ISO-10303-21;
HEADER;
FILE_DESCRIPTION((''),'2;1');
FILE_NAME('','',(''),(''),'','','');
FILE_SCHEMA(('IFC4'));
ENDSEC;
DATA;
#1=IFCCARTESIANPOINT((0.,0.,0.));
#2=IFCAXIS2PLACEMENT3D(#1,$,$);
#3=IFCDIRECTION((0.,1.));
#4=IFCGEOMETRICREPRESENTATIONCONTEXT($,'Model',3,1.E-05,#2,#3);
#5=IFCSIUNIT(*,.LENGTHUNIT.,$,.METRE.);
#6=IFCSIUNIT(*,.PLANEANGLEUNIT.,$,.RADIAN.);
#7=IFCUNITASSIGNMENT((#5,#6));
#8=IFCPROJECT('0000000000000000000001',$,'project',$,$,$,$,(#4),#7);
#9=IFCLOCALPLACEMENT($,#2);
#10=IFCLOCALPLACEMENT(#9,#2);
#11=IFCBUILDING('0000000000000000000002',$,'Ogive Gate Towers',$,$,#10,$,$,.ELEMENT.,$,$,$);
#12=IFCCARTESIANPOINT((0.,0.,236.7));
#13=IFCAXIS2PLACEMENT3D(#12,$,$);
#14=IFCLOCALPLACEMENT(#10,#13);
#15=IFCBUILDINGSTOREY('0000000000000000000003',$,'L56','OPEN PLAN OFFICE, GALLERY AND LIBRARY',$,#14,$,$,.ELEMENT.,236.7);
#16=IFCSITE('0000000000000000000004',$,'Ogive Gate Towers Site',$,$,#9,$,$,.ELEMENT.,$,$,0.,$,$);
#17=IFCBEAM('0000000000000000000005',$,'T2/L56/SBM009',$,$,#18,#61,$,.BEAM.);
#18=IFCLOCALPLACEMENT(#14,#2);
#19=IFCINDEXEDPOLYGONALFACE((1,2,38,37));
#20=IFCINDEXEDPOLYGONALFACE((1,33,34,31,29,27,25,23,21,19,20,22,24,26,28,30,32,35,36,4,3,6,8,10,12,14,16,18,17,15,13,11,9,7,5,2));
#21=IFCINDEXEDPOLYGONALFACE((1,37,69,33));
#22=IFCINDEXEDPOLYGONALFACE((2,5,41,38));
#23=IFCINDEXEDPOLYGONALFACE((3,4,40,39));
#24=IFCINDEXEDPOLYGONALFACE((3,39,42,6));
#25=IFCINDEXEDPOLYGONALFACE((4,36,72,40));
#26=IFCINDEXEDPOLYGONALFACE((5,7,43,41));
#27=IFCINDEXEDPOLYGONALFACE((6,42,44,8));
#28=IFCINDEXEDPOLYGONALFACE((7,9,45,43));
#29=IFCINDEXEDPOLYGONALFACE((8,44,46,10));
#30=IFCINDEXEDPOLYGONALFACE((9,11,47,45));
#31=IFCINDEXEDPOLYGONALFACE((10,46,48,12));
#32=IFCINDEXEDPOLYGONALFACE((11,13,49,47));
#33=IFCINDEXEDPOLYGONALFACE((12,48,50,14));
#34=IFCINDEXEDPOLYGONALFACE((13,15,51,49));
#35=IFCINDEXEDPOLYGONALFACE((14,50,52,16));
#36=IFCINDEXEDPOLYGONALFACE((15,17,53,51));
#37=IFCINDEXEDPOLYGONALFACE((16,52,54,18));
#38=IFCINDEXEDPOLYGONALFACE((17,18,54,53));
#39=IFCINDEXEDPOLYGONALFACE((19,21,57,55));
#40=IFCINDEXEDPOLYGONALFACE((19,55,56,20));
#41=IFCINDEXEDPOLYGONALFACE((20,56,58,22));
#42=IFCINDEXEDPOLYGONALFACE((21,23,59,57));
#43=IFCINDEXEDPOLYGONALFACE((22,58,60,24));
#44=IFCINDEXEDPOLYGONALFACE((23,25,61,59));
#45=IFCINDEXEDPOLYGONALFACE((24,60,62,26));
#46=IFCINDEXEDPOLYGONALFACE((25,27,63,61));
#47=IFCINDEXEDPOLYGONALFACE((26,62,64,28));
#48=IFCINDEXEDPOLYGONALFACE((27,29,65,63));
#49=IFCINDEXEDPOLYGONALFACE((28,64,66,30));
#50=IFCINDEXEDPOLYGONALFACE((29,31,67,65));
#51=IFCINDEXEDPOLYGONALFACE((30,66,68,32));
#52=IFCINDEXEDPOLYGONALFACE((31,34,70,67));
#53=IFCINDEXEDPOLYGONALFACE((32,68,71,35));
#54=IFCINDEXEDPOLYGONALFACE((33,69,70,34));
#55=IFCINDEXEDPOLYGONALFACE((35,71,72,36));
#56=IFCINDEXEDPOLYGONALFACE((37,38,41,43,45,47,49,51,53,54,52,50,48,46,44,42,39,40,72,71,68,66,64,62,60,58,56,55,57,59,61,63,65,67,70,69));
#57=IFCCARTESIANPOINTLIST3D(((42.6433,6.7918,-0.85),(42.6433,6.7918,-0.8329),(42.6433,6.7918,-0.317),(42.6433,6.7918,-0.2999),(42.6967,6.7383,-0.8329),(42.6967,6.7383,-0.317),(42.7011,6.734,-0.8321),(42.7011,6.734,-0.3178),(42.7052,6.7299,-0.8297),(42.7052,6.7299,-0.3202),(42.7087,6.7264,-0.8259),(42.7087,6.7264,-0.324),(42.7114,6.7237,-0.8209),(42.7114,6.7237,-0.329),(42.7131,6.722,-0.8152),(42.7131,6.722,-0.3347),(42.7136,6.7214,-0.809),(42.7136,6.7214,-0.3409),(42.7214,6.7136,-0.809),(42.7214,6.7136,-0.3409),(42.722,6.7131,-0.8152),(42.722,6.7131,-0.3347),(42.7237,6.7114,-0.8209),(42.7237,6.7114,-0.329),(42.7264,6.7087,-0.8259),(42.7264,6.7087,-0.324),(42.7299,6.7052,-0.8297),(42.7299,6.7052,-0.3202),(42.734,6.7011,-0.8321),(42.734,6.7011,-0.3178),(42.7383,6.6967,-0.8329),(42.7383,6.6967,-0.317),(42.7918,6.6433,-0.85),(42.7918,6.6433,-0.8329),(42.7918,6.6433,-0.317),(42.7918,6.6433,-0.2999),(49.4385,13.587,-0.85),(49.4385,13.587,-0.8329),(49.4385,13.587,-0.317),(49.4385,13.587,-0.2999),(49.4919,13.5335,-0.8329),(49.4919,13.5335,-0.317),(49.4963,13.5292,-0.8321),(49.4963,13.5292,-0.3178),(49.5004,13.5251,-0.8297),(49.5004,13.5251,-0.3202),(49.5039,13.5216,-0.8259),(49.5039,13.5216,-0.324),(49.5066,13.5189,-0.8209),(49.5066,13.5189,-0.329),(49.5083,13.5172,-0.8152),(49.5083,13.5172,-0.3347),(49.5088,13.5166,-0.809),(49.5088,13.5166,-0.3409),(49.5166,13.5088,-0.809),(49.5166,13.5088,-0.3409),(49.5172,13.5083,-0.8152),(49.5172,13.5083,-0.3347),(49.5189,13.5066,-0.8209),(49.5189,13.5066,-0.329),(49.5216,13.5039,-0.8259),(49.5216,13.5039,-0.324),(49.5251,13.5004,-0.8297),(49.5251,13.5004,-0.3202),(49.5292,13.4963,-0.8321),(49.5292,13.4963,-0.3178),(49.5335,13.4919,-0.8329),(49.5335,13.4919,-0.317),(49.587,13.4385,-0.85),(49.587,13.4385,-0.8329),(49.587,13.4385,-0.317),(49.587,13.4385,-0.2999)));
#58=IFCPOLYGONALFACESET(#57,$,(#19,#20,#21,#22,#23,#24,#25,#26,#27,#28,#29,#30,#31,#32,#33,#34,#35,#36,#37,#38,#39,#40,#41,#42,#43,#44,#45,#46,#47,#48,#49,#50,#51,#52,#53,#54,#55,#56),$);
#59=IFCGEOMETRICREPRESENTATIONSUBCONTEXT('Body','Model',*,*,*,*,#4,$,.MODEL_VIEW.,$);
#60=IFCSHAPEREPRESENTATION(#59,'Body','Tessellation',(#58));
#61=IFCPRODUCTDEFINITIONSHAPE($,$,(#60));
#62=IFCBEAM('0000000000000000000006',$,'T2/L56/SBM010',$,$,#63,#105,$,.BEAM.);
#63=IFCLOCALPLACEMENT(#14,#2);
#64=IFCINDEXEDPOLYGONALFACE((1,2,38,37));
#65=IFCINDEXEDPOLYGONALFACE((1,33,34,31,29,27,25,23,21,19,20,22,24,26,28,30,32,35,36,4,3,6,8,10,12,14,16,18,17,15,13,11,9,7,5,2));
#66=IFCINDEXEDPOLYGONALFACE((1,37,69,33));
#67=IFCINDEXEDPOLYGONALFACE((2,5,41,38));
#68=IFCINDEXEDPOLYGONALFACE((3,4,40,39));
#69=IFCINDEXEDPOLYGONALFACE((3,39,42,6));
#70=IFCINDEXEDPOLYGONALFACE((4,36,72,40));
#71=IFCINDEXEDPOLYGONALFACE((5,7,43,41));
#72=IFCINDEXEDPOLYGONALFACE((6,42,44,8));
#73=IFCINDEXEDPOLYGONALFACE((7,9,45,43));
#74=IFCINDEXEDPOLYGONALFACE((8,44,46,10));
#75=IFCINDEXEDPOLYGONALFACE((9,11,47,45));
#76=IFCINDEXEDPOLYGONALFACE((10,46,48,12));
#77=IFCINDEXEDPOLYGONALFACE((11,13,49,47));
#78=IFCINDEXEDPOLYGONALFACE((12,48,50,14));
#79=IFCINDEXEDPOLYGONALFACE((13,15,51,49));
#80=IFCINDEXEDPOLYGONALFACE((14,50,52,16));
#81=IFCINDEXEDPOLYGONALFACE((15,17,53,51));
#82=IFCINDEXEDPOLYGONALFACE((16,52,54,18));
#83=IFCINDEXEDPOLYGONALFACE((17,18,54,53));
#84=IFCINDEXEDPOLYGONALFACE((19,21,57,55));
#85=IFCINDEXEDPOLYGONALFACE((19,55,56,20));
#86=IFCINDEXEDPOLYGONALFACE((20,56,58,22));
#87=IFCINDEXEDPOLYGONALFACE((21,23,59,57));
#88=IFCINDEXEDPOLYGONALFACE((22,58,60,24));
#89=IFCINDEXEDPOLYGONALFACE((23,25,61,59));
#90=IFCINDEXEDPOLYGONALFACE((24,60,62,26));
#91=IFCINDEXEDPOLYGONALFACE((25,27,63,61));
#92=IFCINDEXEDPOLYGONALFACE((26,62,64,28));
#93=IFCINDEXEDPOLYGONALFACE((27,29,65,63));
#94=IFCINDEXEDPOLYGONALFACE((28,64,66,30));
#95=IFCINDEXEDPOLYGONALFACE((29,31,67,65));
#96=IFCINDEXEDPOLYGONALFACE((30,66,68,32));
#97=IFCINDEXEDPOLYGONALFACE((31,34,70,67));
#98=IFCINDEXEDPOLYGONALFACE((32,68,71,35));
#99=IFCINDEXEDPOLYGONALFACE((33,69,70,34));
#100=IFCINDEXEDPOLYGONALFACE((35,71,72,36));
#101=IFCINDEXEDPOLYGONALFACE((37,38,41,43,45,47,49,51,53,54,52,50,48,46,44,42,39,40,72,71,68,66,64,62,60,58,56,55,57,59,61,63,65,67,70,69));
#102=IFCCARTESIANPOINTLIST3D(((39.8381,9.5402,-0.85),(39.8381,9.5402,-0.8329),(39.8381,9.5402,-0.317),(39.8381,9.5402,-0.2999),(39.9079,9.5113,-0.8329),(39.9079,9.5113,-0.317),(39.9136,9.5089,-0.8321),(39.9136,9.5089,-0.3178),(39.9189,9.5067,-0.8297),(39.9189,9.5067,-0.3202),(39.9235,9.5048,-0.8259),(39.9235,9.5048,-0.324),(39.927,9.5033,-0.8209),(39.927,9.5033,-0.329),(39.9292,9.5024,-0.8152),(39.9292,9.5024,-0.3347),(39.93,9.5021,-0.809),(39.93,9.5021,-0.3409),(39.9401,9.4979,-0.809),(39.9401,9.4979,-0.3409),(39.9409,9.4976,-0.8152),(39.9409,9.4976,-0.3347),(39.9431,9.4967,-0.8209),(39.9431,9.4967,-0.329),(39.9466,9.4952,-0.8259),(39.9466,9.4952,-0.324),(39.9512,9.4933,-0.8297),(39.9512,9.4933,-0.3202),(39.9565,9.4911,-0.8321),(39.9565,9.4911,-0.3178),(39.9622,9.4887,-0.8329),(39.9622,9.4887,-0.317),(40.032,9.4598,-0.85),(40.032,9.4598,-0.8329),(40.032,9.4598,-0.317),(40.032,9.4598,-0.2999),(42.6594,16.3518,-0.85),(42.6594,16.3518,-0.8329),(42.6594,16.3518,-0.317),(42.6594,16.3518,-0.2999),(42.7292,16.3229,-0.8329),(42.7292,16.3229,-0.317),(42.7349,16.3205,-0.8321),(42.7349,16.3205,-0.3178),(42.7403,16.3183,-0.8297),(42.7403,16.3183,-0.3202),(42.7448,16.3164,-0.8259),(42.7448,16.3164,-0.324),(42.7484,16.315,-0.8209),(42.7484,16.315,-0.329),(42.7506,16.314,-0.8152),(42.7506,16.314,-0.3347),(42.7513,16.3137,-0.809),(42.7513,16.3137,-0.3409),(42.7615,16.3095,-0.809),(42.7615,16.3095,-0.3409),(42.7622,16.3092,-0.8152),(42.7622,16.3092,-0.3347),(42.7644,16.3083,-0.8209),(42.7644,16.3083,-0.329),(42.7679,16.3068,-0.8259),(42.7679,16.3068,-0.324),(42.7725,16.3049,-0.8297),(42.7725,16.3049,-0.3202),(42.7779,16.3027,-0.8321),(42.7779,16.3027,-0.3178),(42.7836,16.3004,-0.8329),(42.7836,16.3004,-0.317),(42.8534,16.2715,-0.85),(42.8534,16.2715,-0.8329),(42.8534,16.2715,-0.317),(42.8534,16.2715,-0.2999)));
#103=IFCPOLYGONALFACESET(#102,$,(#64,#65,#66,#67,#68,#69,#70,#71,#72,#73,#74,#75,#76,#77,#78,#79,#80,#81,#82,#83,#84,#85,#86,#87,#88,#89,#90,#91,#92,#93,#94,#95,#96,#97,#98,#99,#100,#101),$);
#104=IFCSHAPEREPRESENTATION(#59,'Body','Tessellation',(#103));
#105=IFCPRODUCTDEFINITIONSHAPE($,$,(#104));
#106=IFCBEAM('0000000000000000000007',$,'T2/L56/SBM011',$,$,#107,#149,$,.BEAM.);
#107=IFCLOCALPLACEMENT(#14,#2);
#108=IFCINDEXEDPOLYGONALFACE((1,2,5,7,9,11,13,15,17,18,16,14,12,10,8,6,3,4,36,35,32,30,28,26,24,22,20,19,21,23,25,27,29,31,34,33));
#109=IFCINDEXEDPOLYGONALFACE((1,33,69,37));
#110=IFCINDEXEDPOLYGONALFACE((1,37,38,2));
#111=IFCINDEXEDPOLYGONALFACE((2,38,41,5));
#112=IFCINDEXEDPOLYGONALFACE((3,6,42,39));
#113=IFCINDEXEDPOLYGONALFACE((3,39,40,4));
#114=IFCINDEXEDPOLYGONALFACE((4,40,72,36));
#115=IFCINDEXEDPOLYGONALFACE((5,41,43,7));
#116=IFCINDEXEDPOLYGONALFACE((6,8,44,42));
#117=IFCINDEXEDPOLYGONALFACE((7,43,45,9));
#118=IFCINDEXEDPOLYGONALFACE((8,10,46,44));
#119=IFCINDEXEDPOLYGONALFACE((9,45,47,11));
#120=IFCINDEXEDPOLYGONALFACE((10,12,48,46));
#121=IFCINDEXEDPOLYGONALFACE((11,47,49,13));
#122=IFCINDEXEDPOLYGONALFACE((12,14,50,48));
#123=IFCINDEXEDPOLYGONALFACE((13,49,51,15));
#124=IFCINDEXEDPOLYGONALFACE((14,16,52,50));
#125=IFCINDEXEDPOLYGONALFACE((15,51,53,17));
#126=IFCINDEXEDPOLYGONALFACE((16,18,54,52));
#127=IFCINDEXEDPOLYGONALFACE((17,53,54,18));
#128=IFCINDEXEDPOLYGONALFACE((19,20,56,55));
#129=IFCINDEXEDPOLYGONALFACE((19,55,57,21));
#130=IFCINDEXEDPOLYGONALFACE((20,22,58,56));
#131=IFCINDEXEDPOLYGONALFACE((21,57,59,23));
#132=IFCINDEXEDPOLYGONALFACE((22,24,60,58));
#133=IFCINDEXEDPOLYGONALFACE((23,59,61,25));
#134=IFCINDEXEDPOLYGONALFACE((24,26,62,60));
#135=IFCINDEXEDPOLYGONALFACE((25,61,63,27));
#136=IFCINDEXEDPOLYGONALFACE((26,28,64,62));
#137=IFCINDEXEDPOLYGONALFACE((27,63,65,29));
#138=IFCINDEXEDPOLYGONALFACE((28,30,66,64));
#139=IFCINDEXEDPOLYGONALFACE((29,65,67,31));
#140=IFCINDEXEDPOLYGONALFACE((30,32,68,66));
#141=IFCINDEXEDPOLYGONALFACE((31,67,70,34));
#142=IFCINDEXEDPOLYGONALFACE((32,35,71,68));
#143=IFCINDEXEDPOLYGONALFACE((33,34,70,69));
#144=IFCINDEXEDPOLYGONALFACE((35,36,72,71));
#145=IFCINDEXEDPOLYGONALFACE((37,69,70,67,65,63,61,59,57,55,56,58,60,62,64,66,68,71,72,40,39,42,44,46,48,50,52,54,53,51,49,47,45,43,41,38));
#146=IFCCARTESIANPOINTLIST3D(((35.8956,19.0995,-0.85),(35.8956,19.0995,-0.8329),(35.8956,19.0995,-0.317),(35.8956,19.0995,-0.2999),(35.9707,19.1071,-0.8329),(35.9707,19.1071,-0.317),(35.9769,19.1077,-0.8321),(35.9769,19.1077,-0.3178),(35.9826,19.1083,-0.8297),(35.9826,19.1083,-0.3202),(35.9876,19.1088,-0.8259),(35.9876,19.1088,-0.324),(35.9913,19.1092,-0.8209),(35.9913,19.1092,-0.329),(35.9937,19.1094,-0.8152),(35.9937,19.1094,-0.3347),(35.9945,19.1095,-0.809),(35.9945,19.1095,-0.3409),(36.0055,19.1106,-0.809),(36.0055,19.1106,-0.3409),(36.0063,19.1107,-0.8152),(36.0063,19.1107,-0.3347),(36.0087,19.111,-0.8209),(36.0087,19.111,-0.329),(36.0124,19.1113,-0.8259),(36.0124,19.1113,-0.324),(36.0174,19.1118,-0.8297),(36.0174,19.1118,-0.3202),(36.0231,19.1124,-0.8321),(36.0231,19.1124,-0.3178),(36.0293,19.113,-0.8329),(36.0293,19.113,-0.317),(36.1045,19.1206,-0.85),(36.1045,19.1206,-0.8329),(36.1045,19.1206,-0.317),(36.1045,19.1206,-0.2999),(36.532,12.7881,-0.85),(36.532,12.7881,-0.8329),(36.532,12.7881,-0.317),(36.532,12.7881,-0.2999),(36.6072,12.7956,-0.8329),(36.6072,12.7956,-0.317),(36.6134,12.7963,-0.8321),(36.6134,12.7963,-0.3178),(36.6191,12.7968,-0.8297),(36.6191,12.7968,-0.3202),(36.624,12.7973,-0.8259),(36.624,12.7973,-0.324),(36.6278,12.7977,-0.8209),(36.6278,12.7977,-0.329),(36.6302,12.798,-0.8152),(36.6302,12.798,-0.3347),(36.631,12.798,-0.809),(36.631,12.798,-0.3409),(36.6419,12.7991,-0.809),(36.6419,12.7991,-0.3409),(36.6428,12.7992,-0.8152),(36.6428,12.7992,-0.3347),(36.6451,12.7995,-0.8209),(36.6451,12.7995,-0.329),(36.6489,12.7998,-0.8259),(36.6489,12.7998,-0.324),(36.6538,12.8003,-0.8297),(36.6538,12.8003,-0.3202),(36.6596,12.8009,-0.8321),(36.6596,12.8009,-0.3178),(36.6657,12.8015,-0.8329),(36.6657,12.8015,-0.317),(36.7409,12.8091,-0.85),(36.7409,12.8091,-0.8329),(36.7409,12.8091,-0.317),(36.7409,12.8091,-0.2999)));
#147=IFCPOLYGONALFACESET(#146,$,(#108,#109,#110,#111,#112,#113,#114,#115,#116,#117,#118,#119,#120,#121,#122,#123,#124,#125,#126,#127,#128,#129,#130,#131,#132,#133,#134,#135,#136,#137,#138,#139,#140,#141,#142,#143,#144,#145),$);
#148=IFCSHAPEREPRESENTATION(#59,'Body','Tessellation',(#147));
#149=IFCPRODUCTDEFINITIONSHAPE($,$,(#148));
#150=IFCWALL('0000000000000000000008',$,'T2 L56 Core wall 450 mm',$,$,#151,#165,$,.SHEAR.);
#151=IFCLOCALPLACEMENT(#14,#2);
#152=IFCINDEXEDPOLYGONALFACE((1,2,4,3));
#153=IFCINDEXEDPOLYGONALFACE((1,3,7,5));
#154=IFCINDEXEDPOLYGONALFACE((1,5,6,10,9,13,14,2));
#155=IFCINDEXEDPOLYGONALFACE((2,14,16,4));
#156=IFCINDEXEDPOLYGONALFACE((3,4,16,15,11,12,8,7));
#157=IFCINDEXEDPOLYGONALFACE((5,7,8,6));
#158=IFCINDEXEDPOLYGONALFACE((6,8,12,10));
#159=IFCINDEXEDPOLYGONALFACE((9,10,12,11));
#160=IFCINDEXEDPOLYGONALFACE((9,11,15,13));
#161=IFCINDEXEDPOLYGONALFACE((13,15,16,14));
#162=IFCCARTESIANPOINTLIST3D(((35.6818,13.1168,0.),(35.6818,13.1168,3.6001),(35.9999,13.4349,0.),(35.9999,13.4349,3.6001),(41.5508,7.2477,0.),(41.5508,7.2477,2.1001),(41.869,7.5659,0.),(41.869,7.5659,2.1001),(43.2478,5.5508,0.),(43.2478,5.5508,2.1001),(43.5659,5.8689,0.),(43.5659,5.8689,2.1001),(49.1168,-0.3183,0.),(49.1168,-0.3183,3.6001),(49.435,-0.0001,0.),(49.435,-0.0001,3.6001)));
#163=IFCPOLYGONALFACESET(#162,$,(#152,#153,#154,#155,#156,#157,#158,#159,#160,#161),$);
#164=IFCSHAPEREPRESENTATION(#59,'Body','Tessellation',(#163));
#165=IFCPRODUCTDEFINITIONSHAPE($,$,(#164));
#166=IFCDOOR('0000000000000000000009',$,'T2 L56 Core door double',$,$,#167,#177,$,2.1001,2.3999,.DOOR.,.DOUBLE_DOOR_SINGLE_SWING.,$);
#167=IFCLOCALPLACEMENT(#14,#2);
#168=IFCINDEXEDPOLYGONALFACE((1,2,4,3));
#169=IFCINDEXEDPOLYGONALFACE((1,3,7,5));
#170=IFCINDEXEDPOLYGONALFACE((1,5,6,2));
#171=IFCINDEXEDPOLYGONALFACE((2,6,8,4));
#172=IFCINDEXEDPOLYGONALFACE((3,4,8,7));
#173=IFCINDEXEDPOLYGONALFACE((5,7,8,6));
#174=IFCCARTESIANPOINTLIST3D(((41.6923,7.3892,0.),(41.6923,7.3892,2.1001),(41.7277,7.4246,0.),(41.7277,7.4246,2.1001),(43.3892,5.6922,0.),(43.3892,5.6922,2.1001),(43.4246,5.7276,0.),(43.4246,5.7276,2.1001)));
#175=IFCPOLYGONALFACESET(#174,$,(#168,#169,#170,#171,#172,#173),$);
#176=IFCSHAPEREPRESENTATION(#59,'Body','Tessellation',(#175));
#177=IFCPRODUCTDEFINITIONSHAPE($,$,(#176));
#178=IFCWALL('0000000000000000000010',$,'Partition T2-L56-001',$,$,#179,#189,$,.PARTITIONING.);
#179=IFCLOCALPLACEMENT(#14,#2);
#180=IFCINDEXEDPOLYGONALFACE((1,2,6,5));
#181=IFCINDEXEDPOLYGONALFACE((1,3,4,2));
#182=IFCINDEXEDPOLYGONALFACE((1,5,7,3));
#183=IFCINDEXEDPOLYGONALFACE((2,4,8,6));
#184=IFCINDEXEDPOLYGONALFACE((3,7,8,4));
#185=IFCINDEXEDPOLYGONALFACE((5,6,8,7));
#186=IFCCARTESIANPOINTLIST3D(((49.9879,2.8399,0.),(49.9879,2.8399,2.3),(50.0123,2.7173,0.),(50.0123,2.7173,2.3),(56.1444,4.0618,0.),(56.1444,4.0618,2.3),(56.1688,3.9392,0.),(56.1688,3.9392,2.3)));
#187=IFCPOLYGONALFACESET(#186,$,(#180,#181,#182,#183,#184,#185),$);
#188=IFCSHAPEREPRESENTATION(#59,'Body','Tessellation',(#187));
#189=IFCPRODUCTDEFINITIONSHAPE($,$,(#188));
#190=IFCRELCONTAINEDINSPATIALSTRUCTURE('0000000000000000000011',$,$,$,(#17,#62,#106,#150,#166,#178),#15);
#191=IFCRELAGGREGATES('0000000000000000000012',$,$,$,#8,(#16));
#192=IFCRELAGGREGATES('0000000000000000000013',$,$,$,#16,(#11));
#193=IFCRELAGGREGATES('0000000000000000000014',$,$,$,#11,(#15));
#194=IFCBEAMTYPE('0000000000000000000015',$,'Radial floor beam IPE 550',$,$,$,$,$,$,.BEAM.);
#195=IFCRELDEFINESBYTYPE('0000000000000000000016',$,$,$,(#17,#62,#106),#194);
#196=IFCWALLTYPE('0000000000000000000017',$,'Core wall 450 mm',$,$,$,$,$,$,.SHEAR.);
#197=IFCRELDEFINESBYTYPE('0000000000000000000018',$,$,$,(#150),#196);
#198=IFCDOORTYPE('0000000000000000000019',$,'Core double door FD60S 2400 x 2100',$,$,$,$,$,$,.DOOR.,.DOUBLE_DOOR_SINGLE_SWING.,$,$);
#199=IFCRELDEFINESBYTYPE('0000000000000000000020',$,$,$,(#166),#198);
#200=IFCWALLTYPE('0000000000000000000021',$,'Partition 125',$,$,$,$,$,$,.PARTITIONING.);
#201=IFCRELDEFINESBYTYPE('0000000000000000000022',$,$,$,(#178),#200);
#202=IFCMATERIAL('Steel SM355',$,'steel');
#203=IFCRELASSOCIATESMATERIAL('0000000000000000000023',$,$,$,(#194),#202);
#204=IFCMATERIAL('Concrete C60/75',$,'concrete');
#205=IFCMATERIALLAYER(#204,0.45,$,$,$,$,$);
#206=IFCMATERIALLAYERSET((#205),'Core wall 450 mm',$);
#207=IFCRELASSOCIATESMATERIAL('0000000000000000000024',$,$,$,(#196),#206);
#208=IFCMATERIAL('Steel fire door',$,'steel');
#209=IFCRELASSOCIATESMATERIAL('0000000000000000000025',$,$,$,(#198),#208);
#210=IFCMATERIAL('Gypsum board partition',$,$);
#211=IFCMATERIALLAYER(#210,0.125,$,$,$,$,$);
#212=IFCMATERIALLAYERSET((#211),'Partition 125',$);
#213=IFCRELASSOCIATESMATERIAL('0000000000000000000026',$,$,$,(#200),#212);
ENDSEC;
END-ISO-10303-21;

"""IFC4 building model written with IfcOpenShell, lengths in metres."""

from ifc_helpers import new_model, si_unit, direction, frame, frame_2d, origin, origin_2d, place, context, subcontext, project, spatial, rectangle, i_section, extrude, material, layer, layer_set, material_profile, profile_set, type_object, element, fill, save


model = new_model("IFC4")

# Units and contexts
model_context = context("Model", 3, precision=1e-05, world=origin(), true_north=direction((0.0, 1.0)))
body_context = subcontext(model_context, "Body", "Model", "MODEL_VIEW")
ifc_project = project(units=[si_unit("LENGTHUNIT", "METRE"), si_unit("PLANEANGLEUNIT", "RADIAN")], contexts=[model_context])

# Site, building, storey
site_placement = place(None, origin())
site = spatial("IfcSite", under=ifc_project, at=site_placement, Name="Ogive Gate Towers Site", CompositionType="ELEMENT", RefElevation=0.0)
building_placement = place(site_placement, origin())
building = spatial("IfcBuilding", under=site, at=building_placement, Name="Ogive Gate Towers", CompositionType="ELEMENT")
storey_placement = place(building_placement, frame((0.0, 0.0, 236.7)))
storey = spatial("IfcBuildingStorey", under=building, at=storey_placement, Name="L56", Description="OPEN PLAN OFFICE, GALLERY AND LIBRARY", CompositionType="ELEMENT", Elevation=236.7)

# Beams
ifc_material_1 = material(Name="Steel SM355", Category="steel")
ifc_material_profile_1 = material_profile(ifc_material_1, i_section(OverallWidth=0.21, OverallDepth=0.55, WebThickness=0.011, FlangeThickness=0.0171, FilletRadius=0.0239, at=origin_2d()), Name="IPE 550")
ifc_profile_set_1 = profile_set([ifc_material_profile_1], Name="Steel SM355")
beam_type_1 = type_object("IfcBeamType", Name="Radial floor beam IPE 550", PredefinedType="BEAM", material=ifc_profile_set_1)
beam_1_placement = place(storey_placement, frame((42.7175, 6.7175, -0.575), z_axis=(0.707107, 0.707107, 0.0), x_axis=(-0.707107, 0.707107, 0.0)))
element("IfcBeam", 1, at=beam_1_placement, inside=storey, type_object=beam_type_1, Name="T2/L56/SBM009", PredefinedType="BEAM", context=body_context, shape_type="SweptSolid", body=[
    extrude(i_section(OverallWidth=0.21, OverallDepth=0.55, WebThickness=0.011, FlangeThickness=0.0171, FilletRadius=0.0239, at=origin_2d()), origin(), (0.0, 0.0, 1.0), 9.6099),
])
beam_2_placement = place(storey_placement, frame((39.9351, 9.5, -0.575), z_axis=(0.382668, 0.923886, 0.0), x_axis=(-0.923886, 0.382668, 0.0)))
element("IfcBeam", 2, at=beam_2_placement, inside=storey, type_object=beam_type_1, Name="T2/L56/SBM010", PredefinedType="BEAM", context=body_context, shape_type="SweptSolid", body=[
    extrude(i_section(OverallWidth=0.21, OverallDepth=0.55, WebThickness=0.011, FlangeThickness=0.0171, FilletRadius=0.0239, at=origin_2d()), origin(), (0.0, 0.0, 1.0), 7.3728),
])
beam_3_placement = place(storey_placement, frame((36.6365, 12.7986, -0.575), z_axis=(-0.100334, 0.994954, 0.0), x_axis=(-0.994954, -0.100334, 0.0)))
element("IfcBeam", 3, at=beam_3_placement, inside=storey, type_object=beam_type_1, Name="T2/L56/SBM011", PredefinedType="BEAM", context=body_context, shape_type="SweptSolid", body=[
    extrude(i_section(OverallWidth=0.21, OverallDepth=0.55, WebThickness=0.011, FlangeThickness=0.0171, FilletRadius=0.0239, at=origin_2d()), origin(), (0.0, 0.0, 1.0), 6.3435),
])

# Wall, opening, door
ifc_material_2 = material(Name="Concrete C60/75", Category="concrete")
ifc_layer_1 = layer(ifc_material_2, 0.45)
ifc_layer_set_1 = layer_set([ifc_layer_1], Name="Core wall 450 mm")
wall_type_1 = type_object("IfcWallType", Name="Core wall 450 mm", PredefinedType="SHEAR", material=ifc_layer_set_1)
wall_1_placement = place(storey_placement, frame((49.2759, -0.1592, 0.0), z_axis=(0.0, 0.0, 1.0), x_axis=(-0.707107, 0.707107, 0.0)))
wall_1 = element("IfcWall", 4, at=wall_1_placement, inside=storey, type_object=wall_type_1, Name="T2 L56 Core wall 450 mm", PredefinedType="SHEAR", context=body_context, shape_type="SweptSolid", body=[
    extrude(rectangle(XDim=19.0, YDim=0.45, at=frame_2d((9.5, 0.0))), origin(), (0.0, 0.0, 1.0), 3.6001),
])
opening_1_placement = place(wall_1_placement, frame((8.3, 0.0, 0.0)))
opening_1 = element("IfcOpeningElement", 5, at=opening_1_placement, cuts=wall_1, PredefinedType="OPENING", context=body_context, shape_type="SweptSolid", body=[
    extrude(rectangle(XDim=2.3999, YDim=2.1001, at=frame_2d((1.2, 1.05))), frame((0.0, 0.2349, 0.0), z_axis=(0.0, -1.0, 0.0), x_axis=(1.0, 0.0, 0.0)), (0.0, 0.0, 1.0), 0.47),
])
ifc_material_3 = material(Name="Steel fire door", Category="steel")
door_type_1 = type_object("IfcDoorType", Name="Core double door FD60S 2400 x 2100", OperationType="DOUBLE_DOOR_SINGLE_SWING", PredefinedType="DOOR", material=ifc_material_3)
door_1_placement = place(opening_1_placement, origin())
door_1 = element("IfcDoor", 6, at=door_1_placement, inside=storey, type_object=door_type_1, Name="T2 L56 Core door double", OperationType="DOUBLE_DOOR_SINGLE_SWING", OverallHeight=2.1001, OverallWidth=2.3999, PredefinedType="DOOR", context=body_context, shape_type="SweptSolid", body=[
    extrude(rectangle(XDim=2.3999, YDim=2.1001, at=frame_2d((1.2, 1.05))), frame((0.0, 0.0249, 0.0), z_axis=(0.0, -1.0, 0.0), x_axis=(1.0, 0.0, 0.0)), (0.0, 0.0, 1.0), 0.05),
])
fill(opening_1, door_1)

# Wall
ifc_material_4 = material(Name="Gypsum board partition")
ifc_layer_2 = layer(ifc_material_4, 0.125)
ifc_layer_set_2 = layer_set([ifc_layer_2], Name="Partition 125")
wall_type_2 = type_object("IfcWallType", Name="Partition 125", PredefinedType="PARTITIONING", material=ifc_layer_set_2)
wall_2_placement = place(storey_placement, frame((56.1565, 4.0005, 0.0), z_axis=(0.0, 0.0, 1.0), x_axis=(-0.980867, -0.19468, 0.0)))
element("IfcWall", 7, at=wall_2_placement, inside=storey, type_object=wall_type_2, Name="Partition T2-L56-001", PredefinedType="PARTITIONING", context=body_context, shape_type="SweptSolid", body=[
    extrude(rectangle(XDim=6.2766, YDim=0.125, at=frame_2d((3.1382, 0.0))), origin(), (0.0, 0.0, 1.0), 2.3),
])

save(model, "model.ifc")
